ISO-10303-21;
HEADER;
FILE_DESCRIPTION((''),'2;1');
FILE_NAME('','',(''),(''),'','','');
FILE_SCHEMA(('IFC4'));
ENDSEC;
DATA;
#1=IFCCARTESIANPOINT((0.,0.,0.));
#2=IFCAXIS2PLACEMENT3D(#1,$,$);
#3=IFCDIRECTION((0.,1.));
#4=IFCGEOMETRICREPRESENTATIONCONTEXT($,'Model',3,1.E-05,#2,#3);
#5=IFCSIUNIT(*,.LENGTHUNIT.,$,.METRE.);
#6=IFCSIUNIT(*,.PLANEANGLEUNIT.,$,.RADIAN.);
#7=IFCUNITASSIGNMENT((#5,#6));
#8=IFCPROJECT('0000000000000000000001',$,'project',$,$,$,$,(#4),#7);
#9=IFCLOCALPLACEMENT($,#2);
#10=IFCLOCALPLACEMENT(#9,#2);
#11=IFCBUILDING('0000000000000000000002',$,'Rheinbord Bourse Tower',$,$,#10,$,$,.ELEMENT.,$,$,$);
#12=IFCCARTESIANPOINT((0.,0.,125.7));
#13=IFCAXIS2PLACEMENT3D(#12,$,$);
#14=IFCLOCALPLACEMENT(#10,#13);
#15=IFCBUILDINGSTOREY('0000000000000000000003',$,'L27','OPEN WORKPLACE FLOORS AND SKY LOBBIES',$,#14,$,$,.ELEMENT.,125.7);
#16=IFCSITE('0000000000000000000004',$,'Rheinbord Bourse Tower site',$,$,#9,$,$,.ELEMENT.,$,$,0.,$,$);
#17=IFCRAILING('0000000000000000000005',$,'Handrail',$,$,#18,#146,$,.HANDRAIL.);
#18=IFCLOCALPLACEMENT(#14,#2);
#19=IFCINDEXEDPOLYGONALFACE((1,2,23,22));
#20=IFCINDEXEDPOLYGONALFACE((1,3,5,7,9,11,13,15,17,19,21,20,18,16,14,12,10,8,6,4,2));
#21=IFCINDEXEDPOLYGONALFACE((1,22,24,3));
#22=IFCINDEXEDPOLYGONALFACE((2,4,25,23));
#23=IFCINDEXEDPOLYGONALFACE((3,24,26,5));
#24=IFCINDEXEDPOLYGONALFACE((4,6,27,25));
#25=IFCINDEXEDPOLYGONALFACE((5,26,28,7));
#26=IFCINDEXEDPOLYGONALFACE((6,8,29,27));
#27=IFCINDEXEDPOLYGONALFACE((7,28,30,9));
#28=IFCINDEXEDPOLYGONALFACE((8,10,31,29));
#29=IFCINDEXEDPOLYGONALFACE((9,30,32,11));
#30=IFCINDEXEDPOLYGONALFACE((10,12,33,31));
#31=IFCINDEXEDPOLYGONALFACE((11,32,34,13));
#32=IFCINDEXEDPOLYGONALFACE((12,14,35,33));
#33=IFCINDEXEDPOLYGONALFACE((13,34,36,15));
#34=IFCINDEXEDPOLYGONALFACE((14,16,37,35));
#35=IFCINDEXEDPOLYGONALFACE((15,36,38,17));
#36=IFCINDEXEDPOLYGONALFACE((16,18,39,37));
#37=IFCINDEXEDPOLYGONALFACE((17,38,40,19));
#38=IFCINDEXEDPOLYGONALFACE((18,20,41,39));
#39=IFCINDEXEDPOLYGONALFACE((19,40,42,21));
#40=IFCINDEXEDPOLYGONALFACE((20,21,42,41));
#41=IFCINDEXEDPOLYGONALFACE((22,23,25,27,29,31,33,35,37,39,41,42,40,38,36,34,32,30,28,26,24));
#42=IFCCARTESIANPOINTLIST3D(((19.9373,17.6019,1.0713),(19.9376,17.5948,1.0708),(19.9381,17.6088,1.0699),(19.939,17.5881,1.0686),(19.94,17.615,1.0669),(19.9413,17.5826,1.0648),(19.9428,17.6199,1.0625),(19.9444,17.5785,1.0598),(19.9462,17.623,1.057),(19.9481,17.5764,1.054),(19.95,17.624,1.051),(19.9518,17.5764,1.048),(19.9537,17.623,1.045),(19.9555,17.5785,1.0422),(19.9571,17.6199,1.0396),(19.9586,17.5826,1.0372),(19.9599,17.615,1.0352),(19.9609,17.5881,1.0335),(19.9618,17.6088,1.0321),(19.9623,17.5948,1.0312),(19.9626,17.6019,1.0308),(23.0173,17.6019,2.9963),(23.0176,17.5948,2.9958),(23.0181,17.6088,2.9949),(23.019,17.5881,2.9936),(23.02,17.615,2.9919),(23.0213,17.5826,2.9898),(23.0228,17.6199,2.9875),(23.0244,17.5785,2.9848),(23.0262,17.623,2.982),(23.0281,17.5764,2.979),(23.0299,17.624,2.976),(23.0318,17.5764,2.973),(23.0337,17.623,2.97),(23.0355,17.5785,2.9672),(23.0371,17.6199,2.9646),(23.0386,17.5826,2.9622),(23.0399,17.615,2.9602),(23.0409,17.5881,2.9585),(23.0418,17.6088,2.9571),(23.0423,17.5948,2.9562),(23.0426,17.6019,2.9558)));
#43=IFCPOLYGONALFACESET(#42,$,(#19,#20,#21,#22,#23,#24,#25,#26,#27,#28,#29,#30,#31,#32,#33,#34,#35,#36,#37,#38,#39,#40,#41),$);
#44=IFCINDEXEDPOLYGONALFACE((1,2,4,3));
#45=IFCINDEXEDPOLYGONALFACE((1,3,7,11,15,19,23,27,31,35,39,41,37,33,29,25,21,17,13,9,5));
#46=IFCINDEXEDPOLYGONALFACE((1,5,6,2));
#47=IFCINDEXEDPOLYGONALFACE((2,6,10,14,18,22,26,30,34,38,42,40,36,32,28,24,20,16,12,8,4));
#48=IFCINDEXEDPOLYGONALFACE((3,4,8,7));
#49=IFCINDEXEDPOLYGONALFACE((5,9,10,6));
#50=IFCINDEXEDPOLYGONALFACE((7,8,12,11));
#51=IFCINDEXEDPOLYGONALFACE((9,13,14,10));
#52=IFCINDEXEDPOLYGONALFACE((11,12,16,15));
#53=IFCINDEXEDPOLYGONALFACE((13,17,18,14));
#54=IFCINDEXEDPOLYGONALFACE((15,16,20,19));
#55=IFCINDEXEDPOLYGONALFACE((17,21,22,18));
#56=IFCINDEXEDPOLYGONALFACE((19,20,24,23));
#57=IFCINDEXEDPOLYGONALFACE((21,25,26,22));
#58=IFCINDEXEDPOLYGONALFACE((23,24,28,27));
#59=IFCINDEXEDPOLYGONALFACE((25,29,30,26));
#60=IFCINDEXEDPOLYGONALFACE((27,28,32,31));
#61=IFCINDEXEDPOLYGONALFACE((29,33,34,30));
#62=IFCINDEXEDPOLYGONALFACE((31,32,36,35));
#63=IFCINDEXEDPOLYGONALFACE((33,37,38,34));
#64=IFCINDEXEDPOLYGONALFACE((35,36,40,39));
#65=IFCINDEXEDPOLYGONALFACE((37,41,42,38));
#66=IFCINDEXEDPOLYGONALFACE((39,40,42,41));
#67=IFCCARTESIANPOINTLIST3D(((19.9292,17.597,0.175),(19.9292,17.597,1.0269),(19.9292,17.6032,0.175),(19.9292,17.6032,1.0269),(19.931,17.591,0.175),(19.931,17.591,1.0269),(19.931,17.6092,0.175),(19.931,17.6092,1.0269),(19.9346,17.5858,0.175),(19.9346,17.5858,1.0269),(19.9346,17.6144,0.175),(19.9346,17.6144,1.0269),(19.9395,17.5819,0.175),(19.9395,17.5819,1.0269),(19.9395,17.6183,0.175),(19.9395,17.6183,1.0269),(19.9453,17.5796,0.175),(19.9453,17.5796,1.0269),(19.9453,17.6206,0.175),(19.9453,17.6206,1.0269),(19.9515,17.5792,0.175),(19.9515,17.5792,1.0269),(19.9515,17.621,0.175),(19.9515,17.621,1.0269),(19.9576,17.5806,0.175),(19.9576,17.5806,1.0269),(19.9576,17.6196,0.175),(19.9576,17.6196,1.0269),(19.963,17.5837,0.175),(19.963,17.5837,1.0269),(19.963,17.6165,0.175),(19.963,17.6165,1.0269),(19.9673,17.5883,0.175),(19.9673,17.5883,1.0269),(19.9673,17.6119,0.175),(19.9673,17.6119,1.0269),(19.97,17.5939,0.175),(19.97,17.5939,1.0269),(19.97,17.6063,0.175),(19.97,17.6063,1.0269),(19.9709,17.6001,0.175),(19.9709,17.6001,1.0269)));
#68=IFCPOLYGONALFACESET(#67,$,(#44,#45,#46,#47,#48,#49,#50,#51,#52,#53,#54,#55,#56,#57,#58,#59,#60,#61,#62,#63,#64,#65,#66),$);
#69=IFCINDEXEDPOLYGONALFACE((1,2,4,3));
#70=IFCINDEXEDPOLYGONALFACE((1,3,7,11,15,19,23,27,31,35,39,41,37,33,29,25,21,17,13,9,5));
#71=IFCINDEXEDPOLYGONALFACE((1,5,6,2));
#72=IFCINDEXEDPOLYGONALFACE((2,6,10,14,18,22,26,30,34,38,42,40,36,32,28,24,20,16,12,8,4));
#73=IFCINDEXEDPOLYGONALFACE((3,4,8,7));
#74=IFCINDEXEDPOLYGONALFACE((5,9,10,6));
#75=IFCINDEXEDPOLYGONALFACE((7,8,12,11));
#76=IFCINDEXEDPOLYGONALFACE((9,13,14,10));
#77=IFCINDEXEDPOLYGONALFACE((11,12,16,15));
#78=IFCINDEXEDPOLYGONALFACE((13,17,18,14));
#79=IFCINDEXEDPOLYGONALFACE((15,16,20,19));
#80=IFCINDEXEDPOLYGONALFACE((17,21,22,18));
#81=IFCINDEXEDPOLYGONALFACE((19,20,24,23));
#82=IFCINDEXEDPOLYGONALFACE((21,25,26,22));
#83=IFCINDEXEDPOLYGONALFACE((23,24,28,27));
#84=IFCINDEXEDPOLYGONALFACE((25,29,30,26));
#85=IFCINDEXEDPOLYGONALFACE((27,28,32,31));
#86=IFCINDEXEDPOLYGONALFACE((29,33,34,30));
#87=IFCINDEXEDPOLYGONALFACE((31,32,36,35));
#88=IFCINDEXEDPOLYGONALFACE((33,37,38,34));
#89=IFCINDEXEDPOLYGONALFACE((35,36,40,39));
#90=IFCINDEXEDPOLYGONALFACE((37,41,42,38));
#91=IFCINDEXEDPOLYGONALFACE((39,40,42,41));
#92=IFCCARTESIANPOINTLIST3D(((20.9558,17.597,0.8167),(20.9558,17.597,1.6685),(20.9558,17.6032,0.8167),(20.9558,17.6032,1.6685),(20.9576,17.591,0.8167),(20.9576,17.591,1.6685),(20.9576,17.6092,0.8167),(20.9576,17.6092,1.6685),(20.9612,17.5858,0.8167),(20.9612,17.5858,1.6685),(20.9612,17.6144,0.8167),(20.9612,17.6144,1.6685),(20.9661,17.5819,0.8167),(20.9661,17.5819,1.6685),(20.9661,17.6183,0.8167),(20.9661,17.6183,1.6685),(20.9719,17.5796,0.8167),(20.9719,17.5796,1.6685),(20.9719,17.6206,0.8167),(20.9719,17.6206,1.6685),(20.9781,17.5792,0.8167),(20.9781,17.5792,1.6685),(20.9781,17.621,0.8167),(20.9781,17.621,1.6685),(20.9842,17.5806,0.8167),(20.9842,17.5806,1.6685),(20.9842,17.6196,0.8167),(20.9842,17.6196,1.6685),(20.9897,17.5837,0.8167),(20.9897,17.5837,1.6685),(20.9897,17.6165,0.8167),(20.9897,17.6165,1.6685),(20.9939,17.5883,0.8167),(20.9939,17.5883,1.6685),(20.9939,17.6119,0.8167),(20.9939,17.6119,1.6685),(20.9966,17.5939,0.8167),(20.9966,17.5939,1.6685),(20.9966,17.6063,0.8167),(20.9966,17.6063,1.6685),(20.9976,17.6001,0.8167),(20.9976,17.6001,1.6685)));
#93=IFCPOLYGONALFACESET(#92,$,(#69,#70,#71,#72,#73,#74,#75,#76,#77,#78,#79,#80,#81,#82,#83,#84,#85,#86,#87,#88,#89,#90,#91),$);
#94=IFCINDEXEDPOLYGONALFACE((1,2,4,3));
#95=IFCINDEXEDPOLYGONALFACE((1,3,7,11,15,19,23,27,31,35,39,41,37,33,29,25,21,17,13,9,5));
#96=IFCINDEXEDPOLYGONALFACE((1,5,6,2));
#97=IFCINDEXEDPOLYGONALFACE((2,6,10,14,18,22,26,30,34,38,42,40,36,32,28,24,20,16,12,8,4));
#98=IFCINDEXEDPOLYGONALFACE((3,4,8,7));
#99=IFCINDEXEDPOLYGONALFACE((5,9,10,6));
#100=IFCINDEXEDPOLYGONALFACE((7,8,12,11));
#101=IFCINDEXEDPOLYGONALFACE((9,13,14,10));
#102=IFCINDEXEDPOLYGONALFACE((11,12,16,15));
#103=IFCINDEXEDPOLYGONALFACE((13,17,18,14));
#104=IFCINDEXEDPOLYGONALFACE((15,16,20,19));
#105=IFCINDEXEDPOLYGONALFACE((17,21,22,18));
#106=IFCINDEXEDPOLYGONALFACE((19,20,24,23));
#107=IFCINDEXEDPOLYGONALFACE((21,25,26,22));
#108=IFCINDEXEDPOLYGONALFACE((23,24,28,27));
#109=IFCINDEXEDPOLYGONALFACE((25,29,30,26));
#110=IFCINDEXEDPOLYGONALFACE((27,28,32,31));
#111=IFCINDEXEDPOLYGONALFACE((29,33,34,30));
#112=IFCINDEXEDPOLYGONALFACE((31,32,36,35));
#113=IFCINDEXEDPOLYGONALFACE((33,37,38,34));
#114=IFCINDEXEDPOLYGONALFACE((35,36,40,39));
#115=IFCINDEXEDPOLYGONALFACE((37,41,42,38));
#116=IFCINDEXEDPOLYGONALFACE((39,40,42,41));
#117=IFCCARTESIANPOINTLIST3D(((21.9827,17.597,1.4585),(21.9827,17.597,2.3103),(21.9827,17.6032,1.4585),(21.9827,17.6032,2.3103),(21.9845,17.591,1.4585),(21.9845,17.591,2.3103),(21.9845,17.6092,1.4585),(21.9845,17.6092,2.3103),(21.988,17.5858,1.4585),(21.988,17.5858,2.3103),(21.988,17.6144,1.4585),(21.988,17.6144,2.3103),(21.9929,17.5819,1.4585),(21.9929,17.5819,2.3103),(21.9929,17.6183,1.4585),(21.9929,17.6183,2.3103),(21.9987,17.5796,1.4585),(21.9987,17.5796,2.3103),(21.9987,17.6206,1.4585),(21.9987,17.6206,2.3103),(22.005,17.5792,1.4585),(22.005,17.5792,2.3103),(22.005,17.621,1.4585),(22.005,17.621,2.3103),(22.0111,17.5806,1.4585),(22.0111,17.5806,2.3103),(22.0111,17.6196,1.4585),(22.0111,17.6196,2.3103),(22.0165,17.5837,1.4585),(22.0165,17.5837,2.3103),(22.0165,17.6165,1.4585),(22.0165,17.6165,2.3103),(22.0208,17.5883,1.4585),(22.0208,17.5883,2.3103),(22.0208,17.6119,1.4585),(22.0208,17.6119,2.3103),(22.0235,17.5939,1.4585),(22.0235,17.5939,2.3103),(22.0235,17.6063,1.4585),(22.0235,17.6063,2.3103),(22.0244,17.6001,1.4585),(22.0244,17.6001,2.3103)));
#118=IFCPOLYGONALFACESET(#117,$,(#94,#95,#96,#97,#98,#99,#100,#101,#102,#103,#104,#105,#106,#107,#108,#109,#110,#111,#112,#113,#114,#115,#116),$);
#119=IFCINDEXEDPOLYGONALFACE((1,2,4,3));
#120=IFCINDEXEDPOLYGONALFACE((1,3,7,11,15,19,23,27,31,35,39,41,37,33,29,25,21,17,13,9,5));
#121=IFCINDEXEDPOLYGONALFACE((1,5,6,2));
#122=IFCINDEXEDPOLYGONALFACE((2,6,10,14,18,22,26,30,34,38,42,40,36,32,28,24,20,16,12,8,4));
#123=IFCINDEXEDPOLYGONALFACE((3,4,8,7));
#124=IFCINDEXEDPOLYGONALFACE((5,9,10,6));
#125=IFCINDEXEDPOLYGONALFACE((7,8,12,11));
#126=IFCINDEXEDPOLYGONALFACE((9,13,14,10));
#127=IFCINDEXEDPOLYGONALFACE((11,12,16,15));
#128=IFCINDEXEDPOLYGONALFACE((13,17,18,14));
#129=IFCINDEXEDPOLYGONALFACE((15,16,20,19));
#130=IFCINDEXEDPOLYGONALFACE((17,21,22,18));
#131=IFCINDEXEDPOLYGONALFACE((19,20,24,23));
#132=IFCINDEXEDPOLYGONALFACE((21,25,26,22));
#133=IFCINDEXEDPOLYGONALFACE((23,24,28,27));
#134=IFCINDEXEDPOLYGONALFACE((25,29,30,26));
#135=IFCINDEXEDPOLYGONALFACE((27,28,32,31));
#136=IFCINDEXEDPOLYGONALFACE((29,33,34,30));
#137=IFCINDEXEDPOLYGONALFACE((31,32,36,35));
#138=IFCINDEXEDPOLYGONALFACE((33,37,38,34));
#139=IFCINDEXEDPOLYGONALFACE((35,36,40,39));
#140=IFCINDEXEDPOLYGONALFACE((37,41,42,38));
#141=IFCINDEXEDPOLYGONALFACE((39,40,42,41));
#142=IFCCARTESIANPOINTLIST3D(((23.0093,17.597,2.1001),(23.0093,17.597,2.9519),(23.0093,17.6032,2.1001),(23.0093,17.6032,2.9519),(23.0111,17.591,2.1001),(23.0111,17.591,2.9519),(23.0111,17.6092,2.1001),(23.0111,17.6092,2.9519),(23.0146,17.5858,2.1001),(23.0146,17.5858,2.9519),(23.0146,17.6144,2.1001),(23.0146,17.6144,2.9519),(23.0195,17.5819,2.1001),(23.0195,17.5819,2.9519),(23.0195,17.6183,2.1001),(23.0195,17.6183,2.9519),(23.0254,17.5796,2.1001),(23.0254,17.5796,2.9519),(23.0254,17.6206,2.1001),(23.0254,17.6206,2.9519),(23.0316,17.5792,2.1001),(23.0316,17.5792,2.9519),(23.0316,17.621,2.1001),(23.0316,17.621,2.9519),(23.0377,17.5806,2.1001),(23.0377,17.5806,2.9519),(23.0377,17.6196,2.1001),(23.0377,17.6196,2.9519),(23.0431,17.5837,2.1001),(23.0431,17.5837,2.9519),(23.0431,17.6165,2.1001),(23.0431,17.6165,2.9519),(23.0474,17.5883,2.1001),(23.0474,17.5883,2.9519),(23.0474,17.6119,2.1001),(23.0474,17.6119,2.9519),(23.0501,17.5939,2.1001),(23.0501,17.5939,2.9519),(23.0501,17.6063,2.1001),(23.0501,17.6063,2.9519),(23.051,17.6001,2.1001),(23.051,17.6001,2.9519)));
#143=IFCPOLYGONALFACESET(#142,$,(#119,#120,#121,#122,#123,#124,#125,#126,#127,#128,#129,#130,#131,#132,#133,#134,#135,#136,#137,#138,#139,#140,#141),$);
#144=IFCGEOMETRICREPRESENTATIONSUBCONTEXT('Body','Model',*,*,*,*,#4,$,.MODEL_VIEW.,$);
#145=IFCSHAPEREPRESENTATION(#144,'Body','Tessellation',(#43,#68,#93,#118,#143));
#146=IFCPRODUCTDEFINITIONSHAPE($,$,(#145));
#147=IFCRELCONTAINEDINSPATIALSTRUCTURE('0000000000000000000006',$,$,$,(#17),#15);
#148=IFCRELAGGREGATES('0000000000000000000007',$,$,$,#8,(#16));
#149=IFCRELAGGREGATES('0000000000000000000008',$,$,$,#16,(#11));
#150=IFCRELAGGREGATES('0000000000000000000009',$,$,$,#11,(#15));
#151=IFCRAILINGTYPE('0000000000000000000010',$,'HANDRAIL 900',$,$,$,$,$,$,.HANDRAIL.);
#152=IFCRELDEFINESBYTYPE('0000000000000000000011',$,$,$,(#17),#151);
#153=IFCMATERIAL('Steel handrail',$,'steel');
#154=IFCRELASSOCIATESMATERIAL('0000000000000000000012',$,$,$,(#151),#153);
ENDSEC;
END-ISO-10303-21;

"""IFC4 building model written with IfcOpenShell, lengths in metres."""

from ifc_helpers import new_model, si_unit, direction, frame, origin, origin_2d, place, context, subcontext, project, spatial, circle, extrude, material, type_object, element, save


model = new_model("IFC4")

# Units and contexts
model_context = context("Model", 3, precision=1e-05, world=origin(), true_north=direction((0.0, 1.0)))
body_context = subcontext(model_context, "Body", "Model", "MODEL_VIEW")
ifc_project = project(units=[si_unit("LENGTHUNIT", "METRE"), si_unit("PLANEANGLEUNIT", "RADIAN")], contexts=[model_context])

# Site, building, storey
site_placement = place(None, origin())
site = spatial("IfcSite", under=ifc_project, at=site_placement, Name="Rheinbord Bourse Tower site", CompositionType="ELEMENT", RefElevation=0.0)
building_placement = place(site_placement, origin())
building = spatial("IfcBuilding", under=site, at=building_placement, Name="Rheinbord Bourse Tower", CompositionType="ELEMENT")
storey_placement = place(building_placement, frame((0.0, 0.0, 125.7)))
storey = spatial("IfcBuildingStorey", under=building, at=storey_placement, Name="L27", Description="OPEN WORKPLACE FLOORS AND SKY LOBBIES", CompositionType="ELEMENT", Elevation=125.7)

# Railing
ifc_material_1 = material(Name="Steel handrail", Category="steel")
railing_type = type_object("IfcRailingType", Name="HANDRAIL 900", PredefinedType="HANDRAIL", material=ifc_material_1)
railing_1_placement = place(storey_placement, frame((19.95, 17.6001, 0.175)))
element("IfcRailing", 1, at=railing_1_placement, inside=storey, type_object=railing_type, Name="Handrail", PredefinedType="HANDRAIL", context=body_context, shape_type="SweptSolid", body=[
    extrude(circle(Radius=0.0239, at=origin_2d()), frame((0.0, 0.0, 0.876), z_axis=(0.847998, 0.0, 0.529999), x_axis=(0.0, 1.0, 0.0)), (0.0, 0.0, 1.0), 3.6321),
    extrude(circle(Radius=0.021, at=origin_2d()), origin(), (0.0, 0.0, 1.0), 0.8518),
    extrude(circle(Radius=0.021, at=origin_2d()), frame((1.0266, 0.0, 0.6416)), (0.0, 0.0, 1.0), 0.8518),
    extrude(circle(Radius=0.021, at=origin_2d()), frame((2.0535, 0.0, 1.2834)), (0.0, 0.0, 1.0), 0.8518),
    extrude(circle(Radius=0.021, at=origin_2d()), frame((3.0801, 0.0, 1.925)), (0.0, 0.0, 1.0), 0.8518),
])

save(model, "model.ifc")
